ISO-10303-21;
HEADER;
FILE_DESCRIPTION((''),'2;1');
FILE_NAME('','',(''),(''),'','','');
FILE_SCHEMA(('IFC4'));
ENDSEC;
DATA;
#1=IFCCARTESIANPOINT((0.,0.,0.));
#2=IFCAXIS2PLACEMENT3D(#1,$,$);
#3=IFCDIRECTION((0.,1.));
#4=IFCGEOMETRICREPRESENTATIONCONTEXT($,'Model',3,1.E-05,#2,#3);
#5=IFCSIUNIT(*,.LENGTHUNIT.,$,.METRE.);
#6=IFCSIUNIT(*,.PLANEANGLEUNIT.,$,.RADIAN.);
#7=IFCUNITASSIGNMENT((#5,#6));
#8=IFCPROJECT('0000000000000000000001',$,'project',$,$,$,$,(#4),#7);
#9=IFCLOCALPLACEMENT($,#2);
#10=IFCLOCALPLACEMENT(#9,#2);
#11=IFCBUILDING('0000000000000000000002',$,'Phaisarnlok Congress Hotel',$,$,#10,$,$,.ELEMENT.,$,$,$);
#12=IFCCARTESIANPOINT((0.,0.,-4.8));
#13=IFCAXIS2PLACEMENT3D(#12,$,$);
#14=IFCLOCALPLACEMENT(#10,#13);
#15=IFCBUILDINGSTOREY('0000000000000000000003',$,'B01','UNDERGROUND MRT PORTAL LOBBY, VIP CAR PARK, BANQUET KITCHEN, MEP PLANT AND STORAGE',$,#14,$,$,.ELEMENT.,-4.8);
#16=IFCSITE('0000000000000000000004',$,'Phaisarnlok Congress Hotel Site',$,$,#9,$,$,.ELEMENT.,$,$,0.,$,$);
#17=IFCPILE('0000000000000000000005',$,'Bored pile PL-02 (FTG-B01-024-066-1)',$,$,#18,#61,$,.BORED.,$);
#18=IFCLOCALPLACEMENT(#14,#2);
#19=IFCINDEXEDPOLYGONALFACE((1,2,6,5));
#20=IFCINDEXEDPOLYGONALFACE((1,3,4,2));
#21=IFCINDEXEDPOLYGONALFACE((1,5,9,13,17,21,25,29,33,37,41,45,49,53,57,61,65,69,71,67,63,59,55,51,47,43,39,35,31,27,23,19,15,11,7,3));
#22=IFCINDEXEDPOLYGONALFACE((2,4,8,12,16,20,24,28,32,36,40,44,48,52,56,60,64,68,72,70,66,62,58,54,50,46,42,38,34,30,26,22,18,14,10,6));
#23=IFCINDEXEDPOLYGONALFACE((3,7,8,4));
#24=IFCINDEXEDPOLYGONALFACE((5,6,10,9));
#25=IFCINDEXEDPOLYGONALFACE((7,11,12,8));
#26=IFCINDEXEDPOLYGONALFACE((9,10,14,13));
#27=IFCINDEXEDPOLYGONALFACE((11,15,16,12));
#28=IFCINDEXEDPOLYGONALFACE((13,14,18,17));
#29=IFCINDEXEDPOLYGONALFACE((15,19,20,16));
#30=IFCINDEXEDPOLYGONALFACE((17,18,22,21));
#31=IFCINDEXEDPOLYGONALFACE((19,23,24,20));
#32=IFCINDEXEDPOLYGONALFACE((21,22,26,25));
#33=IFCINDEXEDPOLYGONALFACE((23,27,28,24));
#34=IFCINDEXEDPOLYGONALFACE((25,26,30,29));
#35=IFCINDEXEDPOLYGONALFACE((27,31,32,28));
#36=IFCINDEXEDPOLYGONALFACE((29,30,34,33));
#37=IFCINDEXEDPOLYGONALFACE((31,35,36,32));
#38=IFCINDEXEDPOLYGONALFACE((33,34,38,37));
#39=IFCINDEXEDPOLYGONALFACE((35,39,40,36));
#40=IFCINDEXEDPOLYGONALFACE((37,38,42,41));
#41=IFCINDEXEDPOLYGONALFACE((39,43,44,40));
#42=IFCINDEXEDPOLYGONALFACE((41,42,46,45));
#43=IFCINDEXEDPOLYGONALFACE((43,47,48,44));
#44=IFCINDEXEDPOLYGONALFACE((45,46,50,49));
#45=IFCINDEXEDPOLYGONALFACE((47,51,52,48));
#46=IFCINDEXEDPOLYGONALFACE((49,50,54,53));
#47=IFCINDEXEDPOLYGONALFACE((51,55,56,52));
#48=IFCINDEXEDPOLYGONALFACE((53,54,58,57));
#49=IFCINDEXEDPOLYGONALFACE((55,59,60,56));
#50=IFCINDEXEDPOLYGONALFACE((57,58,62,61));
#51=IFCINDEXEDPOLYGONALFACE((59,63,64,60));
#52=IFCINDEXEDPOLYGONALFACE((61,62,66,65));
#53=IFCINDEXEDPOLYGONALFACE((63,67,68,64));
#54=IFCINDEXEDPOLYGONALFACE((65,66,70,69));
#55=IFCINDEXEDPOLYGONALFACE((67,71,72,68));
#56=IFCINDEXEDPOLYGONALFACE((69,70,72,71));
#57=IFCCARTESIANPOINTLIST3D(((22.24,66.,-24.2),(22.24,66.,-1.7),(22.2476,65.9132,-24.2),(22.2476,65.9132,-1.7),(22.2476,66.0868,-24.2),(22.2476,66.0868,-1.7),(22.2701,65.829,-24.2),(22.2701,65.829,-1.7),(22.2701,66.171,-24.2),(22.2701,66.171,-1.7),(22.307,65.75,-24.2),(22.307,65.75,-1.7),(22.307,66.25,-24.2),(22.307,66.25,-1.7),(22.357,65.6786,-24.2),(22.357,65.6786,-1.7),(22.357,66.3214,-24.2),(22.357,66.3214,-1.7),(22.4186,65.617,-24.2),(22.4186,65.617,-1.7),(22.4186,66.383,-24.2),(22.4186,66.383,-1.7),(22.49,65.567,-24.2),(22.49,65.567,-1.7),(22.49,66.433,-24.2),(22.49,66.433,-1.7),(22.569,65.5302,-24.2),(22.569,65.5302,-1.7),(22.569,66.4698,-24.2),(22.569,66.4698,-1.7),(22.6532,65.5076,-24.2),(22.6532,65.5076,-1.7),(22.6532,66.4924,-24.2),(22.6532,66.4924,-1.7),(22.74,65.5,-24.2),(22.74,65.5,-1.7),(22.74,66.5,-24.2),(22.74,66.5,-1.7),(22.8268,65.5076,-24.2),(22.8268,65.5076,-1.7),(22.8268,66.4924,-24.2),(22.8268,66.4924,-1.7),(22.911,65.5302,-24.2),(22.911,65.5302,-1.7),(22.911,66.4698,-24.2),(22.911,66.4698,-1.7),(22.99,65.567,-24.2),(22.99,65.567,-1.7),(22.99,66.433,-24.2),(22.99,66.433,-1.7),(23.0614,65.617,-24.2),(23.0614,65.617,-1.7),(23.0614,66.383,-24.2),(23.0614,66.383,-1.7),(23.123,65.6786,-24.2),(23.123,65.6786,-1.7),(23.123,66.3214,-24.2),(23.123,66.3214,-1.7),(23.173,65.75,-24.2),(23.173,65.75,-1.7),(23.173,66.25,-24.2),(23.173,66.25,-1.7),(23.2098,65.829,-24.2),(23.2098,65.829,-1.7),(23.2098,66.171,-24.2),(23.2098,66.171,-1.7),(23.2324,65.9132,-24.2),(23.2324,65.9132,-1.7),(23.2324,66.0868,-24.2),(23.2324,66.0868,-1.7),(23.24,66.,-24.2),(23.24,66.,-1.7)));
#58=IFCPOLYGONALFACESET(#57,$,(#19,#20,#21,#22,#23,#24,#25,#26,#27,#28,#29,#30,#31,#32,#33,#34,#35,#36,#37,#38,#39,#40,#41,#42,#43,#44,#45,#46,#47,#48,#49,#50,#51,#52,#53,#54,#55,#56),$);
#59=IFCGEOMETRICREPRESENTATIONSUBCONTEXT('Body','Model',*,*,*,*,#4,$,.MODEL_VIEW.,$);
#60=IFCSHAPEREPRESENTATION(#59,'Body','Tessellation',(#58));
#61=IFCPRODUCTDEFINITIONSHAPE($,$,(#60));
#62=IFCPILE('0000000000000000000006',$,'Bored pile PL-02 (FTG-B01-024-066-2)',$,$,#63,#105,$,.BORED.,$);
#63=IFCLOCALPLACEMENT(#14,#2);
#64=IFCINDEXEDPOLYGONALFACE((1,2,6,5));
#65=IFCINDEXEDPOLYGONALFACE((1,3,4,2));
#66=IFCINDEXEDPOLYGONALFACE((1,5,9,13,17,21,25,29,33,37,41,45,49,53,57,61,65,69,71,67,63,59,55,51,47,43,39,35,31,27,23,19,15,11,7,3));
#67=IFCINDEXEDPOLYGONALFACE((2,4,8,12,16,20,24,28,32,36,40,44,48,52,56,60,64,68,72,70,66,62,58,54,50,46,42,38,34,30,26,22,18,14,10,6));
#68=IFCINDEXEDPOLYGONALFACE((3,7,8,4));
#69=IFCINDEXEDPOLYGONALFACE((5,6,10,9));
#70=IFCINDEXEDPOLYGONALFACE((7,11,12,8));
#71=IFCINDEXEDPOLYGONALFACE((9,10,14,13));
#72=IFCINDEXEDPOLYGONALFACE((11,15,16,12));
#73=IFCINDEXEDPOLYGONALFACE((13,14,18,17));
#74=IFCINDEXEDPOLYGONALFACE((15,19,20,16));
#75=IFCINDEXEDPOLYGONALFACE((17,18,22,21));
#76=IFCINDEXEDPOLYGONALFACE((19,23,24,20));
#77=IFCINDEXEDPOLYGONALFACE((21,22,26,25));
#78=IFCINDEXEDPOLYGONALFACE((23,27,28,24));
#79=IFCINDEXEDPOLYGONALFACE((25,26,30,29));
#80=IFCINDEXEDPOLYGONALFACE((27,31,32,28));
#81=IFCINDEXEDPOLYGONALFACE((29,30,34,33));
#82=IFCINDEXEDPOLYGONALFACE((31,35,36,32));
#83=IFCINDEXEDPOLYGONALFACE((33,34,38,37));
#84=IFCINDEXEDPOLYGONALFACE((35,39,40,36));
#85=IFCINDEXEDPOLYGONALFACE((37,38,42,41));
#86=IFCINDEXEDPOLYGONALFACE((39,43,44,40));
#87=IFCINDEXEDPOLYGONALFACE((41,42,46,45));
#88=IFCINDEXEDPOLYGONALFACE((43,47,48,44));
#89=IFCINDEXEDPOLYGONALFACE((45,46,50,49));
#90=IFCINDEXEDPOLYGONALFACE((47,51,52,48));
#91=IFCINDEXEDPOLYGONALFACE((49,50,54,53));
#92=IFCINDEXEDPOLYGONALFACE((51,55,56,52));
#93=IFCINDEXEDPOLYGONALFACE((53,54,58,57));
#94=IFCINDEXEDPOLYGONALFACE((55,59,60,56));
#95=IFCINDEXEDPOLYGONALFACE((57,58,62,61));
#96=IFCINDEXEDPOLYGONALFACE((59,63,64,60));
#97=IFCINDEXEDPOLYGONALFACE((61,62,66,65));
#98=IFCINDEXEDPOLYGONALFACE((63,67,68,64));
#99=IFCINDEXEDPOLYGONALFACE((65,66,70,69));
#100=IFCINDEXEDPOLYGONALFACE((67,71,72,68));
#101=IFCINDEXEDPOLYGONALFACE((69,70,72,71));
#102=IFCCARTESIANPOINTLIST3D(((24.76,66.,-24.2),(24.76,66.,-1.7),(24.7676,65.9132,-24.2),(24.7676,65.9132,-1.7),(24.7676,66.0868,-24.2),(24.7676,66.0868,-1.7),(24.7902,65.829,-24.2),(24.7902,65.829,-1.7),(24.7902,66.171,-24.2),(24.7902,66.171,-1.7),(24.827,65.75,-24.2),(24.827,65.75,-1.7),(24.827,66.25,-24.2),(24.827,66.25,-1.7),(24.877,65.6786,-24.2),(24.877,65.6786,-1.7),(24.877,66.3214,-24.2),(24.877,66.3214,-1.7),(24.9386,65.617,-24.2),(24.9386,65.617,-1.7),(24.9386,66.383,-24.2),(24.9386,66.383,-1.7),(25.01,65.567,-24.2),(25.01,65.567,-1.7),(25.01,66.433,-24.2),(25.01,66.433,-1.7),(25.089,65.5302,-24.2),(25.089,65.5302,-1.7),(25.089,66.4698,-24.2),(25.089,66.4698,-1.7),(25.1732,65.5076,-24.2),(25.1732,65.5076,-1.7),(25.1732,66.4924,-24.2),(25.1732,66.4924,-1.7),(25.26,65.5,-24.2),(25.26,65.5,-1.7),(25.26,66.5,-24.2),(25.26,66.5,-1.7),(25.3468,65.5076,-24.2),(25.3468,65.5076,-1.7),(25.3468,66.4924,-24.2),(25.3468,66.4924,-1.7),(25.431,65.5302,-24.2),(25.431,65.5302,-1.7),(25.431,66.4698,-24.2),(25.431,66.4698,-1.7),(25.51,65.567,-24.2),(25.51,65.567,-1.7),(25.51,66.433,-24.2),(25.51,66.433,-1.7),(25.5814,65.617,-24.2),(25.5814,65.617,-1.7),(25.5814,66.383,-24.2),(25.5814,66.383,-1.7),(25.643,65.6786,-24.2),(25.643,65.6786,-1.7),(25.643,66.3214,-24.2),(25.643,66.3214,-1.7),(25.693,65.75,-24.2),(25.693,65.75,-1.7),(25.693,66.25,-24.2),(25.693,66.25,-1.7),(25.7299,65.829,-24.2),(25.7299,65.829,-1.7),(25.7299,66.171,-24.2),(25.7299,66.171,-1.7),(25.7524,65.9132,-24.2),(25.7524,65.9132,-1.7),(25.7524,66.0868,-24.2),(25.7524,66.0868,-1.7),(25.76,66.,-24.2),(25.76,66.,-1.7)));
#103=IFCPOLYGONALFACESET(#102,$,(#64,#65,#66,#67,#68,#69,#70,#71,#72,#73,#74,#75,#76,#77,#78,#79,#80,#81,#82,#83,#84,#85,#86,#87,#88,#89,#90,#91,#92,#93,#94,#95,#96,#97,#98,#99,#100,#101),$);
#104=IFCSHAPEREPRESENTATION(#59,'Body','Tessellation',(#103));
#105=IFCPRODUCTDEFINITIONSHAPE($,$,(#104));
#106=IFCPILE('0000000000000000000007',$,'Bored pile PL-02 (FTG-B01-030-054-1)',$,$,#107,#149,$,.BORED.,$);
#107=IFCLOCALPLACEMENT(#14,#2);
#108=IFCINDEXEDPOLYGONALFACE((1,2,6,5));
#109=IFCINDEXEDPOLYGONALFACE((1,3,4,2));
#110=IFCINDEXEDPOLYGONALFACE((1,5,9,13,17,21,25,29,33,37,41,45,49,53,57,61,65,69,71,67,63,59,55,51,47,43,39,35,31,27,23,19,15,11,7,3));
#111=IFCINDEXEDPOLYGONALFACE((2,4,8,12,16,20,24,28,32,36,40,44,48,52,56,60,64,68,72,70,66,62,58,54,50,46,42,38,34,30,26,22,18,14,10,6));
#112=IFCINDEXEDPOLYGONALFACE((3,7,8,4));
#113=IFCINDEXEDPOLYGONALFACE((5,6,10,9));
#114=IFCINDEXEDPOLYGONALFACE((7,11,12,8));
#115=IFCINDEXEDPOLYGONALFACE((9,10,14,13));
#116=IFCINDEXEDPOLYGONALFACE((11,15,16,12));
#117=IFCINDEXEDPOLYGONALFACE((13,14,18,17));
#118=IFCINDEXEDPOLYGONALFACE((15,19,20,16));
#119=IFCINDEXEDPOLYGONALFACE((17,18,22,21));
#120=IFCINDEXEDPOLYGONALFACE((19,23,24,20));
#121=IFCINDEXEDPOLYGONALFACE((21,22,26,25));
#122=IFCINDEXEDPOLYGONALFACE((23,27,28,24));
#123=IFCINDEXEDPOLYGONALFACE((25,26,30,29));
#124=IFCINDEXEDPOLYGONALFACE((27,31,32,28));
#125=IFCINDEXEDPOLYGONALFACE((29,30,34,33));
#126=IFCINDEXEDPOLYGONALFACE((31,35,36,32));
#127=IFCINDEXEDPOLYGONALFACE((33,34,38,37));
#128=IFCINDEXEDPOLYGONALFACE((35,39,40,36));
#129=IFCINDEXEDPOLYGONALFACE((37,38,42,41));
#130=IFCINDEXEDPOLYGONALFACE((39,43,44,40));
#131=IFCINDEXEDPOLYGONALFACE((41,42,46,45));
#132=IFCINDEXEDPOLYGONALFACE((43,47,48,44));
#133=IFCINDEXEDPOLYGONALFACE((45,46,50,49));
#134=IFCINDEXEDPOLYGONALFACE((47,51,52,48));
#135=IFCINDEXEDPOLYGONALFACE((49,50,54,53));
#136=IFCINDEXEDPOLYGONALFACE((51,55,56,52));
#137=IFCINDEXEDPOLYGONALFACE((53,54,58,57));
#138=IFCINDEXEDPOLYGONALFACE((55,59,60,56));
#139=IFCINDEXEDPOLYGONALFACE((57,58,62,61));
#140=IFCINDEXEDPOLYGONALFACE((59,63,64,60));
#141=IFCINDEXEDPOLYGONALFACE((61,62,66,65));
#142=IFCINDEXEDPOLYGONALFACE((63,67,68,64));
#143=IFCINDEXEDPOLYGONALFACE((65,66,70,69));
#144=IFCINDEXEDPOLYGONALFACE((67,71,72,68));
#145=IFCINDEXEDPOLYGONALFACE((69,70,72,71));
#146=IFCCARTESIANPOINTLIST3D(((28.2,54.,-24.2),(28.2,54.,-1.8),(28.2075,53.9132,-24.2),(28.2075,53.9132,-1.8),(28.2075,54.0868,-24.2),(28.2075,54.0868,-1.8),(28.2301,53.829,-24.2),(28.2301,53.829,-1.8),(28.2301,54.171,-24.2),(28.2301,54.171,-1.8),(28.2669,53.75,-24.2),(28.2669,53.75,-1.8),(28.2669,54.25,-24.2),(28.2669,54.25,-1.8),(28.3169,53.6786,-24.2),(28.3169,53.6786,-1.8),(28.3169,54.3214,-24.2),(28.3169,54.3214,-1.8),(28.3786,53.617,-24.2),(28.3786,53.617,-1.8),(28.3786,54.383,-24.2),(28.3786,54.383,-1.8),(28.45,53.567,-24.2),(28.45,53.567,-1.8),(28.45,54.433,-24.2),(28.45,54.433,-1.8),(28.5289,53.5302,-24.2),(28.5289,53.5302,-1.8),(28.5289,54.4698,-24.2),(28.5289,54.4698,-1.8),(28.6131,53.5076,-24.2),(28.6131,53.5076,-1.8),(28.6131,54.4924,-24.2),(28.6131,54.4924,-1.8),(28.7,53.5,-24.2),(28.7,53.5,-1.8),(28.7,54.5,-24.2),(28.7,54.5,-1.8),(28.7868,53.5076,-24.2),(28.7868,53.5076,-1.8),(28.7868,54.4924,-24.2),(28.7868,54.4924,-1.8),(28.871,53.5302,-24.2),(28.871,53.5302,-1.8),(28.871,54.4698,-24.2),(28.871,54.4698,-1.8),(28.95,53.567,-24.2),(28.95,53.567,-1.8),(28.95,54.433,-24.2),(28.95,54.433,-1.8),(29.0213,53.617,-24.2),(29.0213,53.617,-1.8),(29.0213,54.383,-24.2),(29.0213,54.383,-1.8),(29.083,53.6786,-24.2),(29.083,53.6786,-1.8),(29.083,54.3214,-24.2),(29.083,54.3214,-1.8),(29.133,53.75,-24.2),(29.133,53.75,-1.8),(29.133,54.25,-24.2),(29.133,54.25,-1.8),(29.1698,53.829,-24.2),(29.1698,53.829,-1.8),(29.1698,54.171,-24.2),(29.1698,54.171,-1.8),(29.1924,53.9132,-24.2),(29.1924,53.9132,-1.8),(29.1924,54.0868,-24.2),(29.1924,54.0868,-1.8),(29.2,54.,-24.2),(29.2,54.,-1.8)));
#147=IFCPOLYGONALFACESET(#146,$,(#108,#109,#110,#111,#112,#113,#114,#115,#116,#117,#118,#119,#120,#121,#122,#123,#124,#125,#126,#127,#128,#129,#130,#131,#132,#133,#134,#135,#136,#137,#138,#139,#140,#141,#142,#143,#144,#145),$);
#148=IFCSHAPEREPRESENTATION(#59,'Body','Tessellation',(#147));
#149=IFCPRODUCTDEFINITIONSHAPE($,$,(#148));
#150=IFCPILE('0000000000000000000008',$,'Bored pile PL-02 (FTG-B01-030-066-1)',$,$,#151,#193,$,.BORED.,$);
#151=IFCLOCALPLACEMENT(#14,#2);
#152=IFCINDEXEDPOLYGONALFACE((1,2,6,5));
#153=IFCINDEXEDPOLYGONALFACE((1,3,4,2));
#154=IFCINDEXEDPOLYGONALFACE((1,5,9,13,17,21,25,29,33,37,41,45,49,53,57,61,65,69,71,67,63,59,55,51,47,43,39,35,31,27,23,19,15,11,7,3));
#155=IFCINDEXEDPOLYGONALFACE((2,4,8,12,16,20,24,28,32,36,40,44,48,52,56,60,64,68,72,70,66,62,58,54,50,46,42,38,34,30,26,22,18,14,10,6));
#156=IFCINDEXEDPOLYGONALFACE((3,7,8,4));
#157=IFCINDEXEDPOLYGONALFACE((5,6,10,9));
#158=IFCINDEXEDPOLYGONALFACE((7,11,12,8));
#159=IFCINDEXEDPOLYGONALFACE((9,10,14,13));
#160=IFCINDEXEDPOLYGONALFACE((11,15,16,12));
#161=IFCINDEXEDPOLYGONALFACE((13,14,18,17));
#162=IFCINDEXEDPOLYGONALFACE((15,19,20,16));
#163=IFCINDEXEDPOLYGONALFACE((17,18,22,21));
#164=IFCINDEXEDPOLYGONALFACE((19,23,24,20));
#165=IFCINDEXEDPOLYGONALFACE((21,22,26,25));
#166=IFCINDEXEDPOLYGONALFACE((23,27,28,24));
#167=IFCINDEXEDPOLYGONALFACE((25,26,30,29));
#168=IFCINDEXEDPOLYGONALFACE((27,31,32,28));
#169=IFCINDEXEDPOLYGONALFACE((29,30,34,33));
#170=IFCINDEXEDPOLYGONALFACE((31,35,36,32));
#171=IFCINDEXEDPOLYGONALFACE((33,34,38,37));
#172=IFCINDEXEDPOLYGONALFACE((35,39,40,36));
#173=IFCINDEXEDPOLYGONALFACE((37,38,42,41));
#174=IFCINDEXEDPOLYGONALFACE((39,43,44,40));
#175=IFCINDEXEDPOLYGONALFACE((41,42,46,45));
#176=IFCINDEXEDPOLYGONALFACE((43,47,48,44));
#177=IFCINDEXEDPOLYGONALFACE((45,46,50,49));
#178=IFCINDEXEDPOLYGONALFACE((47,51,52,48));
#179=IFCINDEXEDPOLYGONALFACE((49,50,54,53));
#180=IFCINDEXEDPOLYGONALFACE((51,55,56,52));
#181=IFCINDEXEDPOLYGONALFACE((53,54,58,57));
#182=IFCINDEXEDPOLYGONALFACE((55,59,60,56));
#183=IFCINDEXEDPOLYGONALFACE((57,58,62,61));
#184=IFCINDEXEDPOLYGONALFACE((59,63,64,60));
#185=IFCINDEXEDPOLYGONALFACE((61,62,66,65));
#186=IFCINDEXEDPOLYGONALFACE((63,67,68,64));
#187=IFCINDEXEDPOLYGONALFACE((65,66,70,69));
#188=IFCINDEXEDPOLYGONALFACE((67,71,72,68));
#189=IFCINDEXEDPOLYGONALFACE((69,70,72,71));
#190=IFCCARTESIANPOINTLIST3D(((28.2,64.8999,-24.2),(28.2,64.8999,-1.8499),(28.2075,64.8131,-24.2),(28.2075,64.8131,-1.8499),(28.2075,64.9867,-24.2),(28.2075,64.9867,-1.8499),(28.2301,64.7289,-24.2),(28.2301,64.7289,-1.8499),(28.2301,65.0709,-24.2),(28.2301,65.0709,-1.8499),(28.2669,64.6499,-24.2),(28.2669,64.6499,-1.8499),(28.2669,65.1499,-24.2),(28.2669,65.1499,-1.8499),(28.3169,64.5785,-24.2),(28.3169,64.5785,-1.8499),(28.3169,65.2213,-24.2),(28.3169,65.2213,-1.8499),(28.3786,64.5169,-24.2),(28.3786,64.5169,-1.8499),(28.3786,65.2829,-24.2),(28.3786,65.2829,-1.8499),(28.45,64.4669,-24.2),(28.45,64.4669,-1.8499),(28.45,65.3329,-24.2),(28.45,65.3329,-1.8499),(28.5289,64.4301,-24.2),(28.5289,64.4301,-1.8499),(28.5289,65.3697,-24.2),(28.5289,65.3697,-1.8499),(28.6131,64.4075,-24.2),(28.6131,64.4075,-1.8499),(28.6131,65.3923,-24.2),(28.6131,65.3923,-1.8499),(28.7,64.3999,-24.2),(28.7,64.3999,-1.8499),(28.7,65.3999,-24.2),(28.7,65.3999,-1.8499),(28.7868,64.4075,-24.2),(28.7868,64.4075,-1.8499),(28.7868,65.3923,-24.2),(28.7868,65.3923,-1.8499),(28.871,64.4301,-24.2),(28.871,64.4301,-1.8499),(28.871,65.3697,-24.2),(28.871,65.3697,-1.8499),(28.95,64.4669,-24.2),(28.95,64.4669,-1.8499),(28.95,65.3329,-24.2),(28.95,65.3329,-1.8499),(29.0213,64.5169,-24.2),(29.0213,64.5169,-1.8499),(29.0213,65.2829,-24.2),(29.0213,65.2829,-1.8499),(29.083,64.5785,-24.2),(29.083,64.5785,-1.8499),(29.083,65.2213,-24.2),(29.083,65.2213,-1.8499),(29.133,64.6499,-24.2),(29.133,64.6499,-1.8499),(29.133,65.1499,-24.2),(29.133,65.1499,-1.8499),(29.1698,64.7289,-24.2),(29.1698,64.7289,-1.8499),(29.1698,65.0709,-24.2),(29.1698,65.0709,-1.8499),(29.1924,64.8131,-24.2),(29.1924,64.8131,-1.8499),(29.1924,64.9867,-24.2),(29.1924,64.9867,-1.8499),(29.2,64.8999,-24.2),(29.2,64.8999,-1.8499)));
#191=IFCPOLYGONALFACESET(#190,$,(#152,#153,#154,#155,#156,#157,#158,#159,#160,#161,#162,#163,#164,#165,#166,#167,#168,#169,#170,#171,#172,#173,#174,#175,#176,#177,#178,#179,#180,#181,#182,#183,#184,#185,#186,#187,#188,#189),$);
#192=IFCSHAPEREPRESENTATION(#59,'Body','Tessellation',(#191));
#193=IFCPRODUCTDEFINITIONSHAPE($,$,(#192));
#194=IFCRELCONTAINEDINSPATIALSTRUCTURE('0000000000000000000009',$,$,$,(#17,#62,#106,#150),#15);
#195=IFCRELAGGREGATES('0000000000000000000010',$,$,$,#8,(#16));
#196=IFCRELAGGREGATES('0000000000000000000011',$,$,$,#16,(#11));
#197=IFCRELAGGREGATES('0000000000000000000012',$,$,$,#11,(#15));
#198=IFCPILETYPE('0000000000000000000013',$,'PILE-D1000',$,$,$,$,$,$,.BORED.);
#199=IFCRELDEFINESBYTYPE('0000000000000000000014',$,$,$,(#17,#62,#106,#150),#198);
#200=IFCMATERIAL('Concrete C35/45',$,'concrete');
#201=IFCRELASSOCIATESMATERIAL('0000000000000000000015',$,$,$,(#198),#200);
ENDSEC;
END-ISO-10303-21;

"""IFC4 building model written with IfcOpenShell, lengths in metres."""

from ifc_helpers import new_model, si_unit, direction, frame, origin, origin_2d, place, context, subcontext, project, spatial, circle, extrude, material, material_profile, profile_set, type_object, element, save


model = new_model("IFC4")

# Units and contexts
model_context = context("Model", 3, precision=1e-05, world=origin(), true_north=direction((0.0, 1.0)))
body_context = subcontext(model_context, "Body", "Model", "MODEL_VIEW")
ifc_project = project(units=[si_unit("LENGTHUNIT", "METRE"), si_unit("PLANEANGLEUNIT", "RADIAN")], contexts=[model_context])

# Site, building, storey
site_placement = place(None, origin())
site = spatial("IfcSite", under=ifc_project, at=site_placement, Name="Phaisarnlok Congress Hotel Site", CompositionType="ELEMENT", RefElevation=0.0)
building_placement = place(site_placement, origin())
building = spatial("IfcBuilding", under=site, at=building_placement, Name="Phaisarnlok Congress Hotel", CompositionType="ELEMENT")
storey_placement = place(building_placement, frame((0.0, 0.0, -4.8)))
storey = spatial("IfcBuildingStorey", under=building, at=storey_placement, Name="B01", Description="UNDERGROUND MRT PORTAL LOBBY, VIP CAR PARK, BANQUET KITCHEN, MEP PLANT AND STORAGE", CompositionType="ELEMENT", Elevation=-4.8)

# Piles
ifc_material_1 = material(Name="Concrete C35/45", Category="concrete")
ifc_material_profile_1 = material_profile(ifc_material_1, circle(Radius=0.5, at=origin_2d()), Name="BORED PILE D1000")
ifc_profile_set_1 = profile_set([ifc_material_profile_1], Name="Concrete C35/45")
pile_type_1 = type_object("IfcPileType", Name="PILE-D1000", PredefinedType="BORED", material=ifc_profile_set_1)
for number, where, z_axis, x_axis, name in (
    (1, (22.74, 66.0, -1.7), (0.0, 0.0, -1.0), (1.0, 0.0, 0.0), "Bored pile PL-02 (FTG-B01-024-066-1)"),
    (2, (25.26, 66.0, -1.7), (0.0, 0.0, -1.0), (1.0, 0.0, 0.0), "Bored pile PL-02 (FTG-B01-024-066-2)"),
):
    element("IfcPile", number, at=place(storey_placement, frame(where, z_axis=z_axis, x_axis=x_axis)), inside=storey, type_object=pile_type_1, Name=name, PredefinedType="BORED", context=body_context, shape_type="SweptSolid", body=[
        extrude(circle(Radius=0.5, at=origin_2d()), origin(), (0.0, 0.0, 1.0), 22.5),
    ])
pile_1_placement = place(storey_placement, frame((28.7, 54.0, -1.8), z_axis=(0.0, 0.0, -1.0), x_axis=(1.0, 0.0, 0.0)))
element("IfcPile", 3, at=pile_1_placement, inside=storey, type_object=pile_type_1, Name="Bored pile PL-02 (FTG-B01-030-054-1)", PredefinedType="BORED", context=body_context, shape_type="SweptSolid", body=[
    extrude(circle(Radius=0.5, at=origin_2d()), origin(), (0.0, 0.0, 1.0), 22.3999),
])
pile_2_placement = place(storey_placement, frame((28.7, 64.8999, -1.8499), z_axis=(0.0, 0.0, -1.0), x_axis=(1.0, 0.0, 0.0)))
element("IfcPile", 4, at=pile_2_placement, inside=storey, type_object=pile_type_1, Name="Bored pile PL-02 (FTG-B01-030-066-1)", PredefinedType="BORED", context=body_context, shape_type="SweptSolid", body=[
    extrude(circle(Radius=0.5, at=origin_2d()), origin(), (0.0, 0.0, 1.0), 22.3501),
])

save(model, "model.ifc")
